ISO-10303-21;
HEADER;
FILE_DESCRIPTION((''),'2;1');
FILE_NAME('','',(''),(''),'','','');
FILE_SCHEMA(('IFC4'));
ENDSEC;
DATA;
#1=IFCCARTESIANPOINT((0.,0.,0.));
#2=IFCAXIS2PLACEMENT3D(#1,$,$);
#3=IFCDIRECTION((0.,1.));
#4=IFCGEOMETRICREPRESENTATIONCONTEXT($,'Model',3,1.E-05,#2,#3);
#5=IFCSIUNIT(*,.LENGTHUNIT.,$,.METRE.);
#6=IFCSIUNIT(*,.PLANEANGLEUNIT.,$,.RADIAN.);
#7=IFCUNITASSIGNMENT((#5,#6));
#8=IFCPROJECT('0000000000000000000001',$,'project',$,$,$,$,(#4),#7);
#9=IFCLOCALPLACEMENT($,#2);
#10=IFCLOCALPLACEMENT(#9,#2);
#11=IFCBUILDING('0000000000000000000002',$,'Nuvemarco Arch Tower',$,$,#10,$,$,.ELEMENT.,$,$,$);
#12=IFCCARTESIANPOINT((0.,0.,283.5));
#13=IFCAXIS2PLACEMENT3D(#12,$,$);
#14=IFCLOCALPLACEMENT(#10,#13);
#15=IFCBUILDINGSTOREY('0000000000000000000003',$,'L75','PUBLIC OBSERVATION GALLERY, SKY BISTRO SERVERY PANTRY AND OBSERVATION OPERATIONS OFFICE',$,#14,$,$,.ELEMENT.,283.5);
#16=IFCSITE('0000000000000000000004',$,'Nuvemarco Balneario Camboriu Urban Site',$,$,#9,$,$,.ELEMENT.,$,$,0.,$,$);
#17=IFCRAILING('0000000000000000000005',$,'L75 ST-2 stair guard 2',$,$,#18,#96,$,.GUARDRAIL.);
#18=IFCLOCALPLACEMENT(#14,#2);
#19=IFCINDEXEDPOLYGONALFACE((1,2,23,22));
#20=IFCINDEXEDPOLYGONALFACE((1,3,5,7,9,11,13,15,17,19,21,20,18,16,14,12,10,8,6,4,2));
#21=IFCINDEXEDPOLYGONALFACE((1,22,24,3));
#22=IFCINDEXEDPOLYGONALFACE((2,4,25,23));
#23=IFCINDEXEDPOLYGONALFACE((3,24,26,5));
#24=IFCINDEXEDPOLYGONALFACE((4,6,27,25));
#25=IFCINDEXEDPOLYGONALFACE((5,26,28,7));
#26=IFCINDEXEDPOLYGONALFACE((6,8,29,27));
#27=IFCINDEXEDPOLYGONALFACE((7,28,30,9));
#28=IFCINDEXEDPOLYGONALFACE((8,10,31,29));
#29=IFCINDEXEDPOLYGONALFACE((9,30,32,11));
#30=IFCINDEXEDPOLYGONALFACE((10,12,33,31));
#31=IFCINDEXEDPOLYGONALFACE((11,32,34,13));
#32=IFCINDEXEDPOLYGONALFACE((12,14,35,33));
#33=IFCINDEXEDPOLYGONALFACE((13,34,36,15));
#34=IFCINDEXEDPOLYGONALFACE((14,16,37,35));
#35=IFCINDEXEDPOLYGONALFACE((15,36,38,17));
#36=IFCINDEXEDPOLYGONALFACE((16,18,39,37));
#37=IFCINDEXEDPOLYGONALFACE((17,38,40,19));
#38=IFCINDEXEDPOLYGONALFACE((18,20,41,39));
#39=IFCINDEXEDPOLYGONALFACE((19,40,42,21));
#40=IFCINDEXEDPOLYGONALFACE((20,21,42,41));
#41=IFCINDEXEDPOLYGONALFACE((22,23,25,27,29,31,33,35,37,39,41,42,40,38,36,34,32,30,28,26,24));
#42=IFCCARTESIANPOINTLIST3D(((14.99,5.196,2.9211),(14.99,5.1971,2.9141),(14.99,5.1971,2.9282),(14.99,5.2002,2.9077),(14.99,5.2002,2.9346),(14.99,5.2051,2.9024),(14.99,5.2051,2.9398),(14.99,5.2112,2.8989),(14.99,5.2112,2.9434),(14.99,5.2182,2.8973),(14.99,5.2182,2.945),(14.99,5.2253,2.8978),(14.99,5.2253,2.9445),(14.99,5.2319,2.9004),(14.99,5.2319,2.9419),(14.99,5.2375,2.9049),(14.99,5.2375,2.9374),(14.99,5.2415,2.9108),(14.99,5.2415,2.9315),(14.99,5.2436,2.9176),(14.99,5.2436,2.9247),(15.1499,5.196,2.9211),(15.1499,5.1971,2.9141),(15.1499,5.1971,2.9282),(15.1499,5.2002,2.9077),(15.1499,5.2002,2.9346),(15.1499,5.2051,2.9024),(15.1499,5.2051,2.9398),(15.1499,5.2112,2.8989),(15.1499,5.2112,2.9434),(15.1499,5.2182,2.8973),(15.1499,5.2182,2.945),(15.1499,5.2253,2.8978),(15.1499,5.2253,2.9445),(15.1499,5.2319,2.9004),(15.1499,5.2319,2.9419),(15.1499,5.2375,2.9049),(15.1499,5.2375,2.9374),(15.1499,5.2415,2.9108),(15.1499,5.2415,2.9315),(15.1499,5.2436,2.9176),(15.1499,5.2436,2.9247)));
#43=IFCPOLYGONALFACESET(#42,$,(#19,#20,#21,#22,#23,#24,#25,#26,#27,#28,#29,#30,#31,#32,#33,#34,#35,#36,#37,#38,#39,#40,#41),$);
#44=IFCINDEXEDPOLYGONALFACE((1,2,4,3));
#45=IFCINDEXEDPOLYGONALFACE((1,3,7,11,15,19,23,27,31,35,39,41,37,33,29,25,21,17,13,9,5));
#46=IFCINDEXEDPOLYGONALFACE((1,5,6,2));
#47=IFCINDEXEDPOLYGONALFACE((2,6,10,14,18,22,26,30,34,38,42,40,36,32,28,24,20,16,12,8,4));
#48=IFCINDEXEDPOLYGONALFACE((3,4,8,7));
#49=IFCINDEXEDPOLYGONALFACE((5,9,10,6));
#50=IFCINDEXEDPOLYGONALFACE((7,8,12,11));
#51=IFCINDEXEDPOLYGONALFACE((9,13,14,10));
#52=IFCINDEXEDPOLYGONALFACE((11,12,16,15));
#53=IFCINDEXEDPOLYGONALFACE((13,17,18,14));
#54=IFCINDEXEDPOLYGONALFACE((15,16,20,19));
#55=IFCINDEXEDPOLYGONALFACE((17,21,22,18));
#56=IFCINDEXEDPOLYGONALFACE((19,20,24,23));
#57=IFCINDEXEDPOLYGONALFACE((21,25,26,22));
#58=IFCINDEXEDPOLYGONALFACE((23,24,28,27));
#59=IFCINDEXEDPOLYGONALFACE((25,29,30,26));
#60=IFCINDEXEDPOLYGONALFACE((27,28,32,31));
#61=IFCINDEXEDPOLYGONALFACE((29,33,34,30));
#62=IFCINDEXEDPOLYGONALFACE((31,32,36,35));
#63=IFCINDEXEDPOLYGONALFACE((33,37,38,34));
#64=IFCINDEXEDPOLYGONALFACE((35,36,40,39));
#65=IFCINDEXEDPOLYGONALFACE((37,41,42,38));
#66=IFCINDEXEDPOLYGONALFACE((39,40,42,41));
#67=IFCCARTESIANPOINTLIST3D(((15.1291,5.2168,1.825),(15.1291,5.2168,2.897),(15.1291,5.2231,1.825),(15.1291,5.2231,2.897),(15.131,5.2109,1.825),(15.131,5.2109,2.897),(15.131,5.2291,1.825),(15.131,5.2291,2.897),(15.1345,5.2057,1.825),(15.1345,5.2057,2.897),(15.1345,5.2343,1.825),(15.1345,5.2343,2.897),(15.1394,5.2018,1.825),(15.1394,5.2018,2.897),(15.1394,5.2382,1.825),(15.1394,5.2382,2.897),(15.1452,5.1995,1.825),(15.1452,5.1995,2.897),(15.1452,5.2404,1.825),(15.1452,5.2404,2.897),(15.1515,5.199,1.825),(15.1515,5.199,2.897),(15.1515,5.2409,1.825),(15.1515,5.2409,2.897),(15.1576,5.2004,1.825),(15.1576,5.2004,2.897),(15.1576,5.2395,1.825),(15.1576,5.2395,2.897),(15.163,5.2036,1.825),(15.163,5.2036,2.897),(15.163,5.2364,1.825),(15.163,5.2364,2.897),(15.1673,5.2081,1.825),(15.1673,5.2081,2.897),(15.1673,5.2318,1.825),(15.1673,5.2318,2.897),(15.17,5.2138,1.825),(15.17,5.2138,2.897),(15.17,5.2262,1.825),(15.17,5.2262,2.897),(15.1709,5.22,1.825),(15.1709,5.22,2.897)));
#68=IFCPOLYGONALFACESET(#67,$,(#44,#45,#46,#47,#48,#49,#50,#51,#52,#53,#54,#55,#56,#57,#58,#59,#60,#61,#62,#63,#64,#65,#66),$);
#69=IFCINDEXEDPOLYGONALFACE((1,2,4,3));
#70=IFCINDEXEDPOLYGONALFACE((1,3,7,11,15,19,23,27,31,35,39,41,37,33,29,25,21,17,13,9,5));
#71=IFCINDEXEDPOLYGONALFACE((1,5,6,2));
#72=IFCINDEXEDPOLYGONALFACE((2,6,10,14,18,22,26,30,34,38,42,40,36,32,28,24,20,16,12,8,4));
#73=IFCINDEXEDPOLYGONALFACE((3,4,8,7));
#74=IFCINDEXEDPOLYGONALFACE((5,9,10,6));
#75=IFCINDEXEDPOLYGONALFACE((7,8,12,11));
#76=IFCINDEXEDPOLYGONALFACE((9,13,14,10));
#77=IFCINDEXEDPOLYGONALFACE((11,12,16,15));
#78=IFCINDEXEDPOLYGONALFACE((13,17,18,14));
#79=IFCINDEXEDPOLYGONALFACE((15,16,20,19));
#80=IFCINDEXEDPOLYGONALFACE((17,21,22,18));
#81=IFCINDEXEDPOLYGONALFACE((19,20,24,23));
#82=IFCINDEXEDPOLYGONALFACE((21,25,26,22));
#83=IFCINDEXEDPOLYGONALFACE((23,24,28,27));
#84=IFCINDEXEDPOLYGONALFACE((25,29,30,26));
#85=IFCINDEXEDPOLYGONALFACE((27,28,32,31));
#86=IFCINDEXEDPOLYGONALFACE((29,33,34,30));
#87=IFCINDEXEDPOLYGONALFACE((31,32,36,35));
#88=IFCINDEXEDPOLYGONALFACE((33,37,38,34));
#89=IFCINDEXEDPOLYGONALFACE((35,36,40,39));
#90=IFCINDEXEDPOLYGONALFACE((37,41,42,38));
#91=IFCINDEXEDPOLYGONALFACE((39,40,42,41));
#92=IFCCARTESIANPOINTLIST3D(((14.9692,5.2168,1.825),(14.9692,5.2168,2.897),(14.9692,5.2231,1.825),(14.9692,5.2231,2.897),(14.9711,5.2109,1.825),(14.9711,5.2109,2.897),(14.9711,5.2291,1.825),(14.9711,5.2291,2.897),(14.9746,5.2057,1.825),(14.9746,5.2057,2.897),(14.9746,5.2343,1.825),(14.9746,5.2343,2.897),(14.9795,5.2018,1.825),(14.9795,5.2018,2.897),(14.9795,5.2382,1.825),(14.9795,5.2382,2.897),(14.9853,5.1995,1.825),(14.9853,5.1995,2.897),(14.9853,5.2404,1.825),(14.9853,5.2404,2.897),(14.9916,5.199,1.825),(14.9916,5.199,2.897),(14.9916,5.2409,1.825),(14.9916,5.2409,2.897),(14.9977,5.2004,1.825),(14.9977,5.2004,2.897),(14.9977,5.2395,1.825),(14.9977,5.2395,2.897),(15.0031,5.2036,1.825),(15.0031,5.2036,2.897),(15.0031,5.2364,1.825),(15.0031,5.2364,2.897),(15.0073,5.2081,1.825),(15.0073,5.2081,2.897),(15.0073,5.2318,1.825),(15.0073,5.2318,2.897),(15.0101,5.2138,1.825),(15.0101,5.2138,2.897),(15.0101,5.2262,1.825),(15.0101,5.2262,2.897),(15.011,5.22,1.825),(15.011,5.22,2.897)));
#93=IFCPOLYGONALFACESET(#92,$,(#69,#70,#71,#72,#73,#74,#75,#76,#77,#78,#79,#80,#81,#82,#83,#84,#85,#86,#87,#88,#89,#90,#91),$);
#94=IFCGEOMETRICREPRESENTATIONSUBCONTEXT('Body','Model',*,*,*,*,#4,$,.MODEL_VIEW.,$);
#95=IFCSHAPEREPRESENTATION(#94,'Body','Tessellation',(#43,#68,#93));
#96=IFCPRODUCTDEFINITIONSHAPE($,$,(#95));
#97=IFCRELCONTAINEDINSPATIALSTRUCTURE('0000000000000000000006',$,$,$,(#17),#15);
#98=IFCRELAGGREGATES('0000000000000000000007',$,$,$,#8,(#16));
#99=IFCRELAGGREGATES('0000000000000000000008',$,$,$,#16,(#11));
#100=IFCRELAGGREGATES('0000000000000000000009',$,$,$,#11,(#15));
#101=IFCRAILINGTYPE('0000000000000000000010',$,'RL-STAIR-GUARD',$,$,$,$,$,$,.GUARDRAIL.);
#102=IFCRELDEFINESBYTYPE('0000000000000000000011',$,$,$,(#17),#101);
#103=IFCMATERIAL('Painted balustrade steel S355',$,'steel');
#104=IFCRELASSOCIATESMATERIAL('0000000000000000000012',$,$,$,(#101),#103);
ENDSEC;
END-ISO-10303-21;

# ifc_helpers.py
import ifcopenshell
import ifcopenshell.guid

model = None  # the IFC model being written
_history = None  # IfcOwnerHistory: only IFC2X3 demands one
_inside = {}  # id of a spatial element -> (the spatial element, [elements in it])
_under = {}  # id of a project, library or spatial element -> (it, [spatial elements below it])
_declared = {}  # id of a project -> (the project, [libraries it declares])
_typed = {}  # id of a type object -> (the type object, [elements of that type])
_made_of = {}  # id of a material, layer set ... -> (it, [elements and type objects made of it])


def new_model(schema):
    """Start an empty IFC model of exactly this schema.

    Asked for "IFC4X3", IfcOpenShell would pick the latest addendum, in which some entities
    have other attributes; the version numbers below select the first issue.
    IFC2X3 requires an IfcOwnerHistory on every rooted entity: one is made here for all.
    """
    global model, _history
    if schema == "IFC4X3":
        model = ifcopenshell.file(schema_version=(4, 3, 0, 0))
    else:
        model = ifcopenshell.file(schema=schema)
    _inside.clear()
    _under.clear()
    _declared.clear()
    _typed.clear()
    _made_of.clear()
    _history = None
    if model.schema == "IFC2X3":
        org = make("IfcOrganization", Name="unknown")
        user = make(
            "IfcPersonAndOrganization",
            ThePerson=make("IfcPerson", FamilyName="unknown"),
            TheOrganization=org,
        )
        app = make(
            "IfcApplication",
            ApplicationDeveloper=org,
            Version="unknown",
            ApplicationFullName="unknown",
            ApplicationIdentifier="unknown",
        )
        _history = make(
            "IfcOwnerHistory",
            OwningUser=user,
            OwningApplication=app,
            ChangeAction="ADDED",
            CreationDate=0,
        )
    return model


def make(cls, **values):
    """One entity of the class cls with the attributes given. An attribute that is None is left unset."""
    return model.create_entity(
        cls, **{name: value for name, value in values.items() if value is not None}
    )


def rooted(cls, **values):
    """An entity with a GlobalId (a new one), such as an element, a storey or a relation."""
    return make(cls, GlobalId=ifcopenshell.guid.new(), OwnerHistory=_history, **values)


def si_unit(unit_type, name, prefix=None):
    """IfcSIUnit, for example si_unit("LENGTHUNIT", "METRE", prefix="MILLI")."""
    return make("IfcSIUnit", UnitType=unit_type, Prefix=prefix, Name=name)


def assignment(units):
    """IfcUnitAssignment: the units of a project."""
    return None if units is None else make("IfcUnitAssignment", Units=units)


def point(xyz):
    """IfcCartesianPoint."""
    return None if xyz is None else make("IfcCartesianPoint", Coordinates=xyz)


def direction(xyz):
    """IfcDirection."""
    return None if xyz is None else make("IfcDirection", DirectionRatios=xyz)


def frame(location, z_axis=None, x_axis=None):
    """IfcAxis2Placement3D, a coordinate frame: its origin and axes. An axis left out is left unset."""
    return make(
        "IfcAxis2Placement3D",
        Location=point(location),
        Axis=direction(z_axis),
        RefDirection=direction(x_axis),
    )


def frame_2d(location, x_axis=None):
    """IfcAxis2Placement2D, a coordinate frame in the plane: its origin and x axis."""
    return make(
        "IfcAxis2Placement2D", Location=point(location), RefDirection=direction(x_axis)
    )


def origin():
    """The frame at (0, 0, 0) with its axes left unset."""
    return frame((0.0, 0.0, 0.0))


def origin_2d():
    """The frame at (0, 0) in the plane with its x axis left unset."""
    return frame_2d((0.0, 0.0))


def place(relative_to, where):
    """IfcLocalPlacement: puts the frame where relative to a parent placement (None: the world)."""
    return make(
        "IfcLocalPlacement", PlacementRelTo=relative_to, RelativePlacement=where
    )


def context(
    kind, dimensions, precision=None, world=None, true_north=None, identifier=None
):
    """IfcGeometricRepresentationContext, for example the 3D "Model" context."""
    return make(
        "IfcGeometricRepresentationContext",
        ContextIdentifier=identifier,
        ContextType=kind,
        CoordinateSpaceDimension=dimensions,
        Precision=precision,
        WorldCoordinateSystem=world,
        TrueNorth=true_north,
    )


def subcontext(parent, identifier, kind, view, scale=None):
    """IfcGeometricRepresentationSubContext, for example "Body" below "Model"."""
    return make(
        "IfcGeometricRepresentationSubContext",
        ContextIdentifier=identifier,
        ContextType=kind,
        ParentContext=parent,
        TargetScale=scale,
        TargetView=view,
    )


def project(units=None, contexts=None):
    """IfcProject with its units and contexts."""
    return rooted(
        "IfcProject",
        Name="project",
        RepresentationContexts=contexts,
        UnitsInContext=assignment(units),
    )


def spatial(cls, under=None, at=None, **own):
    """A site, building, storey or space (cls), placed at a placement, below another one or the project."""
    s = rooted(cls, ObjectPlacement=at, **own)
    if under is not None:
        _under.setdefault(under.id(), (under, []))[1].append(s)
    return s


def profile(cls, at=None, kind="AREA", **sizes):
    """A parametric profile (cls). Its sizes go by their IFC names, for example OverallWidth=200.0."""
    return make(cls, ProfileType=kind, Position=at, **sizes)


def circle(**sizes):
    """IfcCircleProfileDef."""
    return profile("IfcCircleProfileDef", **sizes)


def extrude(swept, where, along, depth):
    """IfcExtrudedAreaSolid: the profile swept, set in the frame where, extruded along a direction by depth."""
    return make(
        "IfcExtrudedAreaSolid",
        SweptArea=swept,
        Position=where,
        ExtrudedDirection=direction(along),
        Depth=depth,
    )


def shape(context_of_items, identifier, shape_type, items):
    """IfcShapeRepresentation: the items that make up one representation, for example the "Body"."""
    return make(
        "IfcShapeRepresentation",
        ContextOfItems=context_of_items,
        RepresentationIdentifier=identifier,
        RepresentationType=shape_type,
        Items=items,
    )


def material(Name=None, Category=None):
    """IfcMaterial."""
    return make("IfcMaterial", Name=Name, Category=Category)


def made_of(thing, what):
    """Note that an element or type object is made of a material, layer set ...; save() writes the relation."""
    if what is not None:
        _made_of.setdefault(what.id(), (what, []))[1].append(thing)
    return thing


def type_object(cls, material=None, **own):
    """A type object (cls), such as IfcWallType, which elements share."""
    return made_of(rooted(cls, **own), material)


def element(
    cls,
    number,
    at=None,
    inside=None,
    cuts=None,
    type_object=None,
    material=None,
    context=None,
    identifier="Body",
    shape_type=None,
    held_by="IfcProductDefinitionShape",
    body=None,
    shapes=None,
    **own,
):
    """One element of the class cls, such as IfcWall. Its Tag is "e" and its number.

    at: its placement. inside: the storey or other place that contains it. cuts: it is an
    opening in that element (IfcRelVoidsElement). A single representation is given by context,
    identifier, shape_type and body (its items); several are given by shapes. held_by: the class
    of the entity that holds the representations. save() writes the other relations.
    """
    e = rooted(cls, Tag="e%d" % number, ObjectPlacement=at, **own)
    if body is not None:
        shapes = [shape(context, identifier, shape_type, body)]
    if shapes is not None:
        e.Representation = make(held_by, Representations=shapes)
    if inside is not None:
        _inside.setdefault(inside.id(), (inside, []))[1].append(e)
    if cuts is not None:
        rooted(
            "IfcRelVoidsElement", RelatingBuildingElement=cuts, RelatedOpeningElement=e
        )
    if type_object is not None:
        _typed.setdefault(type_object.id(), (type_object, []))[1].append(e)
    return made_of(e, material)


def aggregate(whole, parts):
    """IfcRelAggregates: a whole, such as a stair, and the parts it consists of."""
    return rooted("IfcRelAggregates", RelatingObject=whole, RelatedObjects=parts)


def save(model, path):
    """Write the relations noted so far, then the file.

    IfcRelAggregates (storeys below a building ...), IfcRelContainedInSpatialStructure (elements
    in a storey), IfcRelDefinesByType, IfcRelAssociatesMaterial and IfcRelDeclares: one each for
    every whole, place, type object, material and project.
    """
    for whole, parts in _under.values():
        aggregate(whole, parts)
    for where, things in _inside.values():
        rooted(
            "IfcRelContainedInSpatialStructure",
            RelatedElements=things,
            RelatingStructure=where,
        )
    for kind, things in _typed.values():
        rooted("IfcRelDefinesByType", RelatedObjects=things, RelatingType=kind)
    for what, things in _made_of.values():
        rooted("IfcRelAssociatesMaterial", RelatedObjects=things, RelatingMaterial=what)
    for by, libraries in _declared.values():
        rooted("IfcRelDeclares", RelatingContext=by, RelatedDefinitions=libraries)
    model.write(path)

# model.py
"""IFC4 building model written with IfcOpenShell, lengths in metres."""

from ifc_helpers import new_model, si_unit, direction, frame, origin, origin_2d, place, context, subcontext, project, spatial, circle, extrude, material, type_object, element, save


model = new_model("IFC4")

# Units and contexts
model_context = context("Model", 3, precision=1e-05, world=origin(), true_north=direction((0.0, 1.0)))
body_context = subcontext(model_context, "Body", "Model", "MODEL_VIEW")
ifc_project = project(units=[si_unit("LENGTHUNIT", "METRE"), si_unit("PLANEANGLEUNIT", "RADIAN")], contexts=[model_context])

# Site, building, storey
site_placement = place(None, origin())
site = spatial("IfcSite", under=ifc_project, at=site_placement, Name="Nuvemarco Balneario Camboriu Urban Site", CompositionType="ELEMENT", RefElevation=0.0)
building_placement = place(site_placement, origin())
building = spatial("IfcBuilding", under=site, at=building_placement, Name="Nuvemarco Arch Tower", CompositionType="ELEMENT")
storey_placement = place(building_placement, frame((0.0, 0.0, 283.5)))
storey = spatial("IfcBuildingStorey", under=building, at=storey_placement, Name="L75", Description="PUBLIC OBSERVATION GALLERY, SKY BISTRO SERVERY PANTRY AND OBSERVATION OPERATIONS OFFICE", CompositionType="ELEMENT", Elevation=283.5)

# Railing
ifc_material_1 = material(Name="Painted balustrade steel S355", Category="steel")
railing_type_1 = type_object("IfcRailingType", Name="RL-STAIR-GUARD", PredefinedType="GUARDRAIL", material=ifc_material_1)
railing_1_placement = place(storey_placement, frame((15.1499, 5.22, 1.825)))
element("IfcRailing", 1, at=railing_1_placement, inside=storey, type_object=railing_type_1, Name="L75 ST-2 stair guard 2", PredefinedType="GUARDRAIL", context=body_context, shape_type="SweptSolid", body=[
    extrude(circle(Radius=0.0239, at=origin_2d()), frame((0.0, 0.0, 1.0962), z_axis=(-1.0, 0.0, 0.0), x_axis=(0.0, -1.0, 0.0)), (0.0, 0.0, 1.0), 0.1599),
    extrude(circle(Radius=0.021, at=origin_2d()), origin(), (0.0, 0.0, 1.0), 1.072),
    extrude(circle(Radius=0.021, at=origin_2d()), frame((-0.1599, 0.0, 0.0)), (0.0, 0.0, 1.0), 1.072),
])

save(model, "model.ifc")
